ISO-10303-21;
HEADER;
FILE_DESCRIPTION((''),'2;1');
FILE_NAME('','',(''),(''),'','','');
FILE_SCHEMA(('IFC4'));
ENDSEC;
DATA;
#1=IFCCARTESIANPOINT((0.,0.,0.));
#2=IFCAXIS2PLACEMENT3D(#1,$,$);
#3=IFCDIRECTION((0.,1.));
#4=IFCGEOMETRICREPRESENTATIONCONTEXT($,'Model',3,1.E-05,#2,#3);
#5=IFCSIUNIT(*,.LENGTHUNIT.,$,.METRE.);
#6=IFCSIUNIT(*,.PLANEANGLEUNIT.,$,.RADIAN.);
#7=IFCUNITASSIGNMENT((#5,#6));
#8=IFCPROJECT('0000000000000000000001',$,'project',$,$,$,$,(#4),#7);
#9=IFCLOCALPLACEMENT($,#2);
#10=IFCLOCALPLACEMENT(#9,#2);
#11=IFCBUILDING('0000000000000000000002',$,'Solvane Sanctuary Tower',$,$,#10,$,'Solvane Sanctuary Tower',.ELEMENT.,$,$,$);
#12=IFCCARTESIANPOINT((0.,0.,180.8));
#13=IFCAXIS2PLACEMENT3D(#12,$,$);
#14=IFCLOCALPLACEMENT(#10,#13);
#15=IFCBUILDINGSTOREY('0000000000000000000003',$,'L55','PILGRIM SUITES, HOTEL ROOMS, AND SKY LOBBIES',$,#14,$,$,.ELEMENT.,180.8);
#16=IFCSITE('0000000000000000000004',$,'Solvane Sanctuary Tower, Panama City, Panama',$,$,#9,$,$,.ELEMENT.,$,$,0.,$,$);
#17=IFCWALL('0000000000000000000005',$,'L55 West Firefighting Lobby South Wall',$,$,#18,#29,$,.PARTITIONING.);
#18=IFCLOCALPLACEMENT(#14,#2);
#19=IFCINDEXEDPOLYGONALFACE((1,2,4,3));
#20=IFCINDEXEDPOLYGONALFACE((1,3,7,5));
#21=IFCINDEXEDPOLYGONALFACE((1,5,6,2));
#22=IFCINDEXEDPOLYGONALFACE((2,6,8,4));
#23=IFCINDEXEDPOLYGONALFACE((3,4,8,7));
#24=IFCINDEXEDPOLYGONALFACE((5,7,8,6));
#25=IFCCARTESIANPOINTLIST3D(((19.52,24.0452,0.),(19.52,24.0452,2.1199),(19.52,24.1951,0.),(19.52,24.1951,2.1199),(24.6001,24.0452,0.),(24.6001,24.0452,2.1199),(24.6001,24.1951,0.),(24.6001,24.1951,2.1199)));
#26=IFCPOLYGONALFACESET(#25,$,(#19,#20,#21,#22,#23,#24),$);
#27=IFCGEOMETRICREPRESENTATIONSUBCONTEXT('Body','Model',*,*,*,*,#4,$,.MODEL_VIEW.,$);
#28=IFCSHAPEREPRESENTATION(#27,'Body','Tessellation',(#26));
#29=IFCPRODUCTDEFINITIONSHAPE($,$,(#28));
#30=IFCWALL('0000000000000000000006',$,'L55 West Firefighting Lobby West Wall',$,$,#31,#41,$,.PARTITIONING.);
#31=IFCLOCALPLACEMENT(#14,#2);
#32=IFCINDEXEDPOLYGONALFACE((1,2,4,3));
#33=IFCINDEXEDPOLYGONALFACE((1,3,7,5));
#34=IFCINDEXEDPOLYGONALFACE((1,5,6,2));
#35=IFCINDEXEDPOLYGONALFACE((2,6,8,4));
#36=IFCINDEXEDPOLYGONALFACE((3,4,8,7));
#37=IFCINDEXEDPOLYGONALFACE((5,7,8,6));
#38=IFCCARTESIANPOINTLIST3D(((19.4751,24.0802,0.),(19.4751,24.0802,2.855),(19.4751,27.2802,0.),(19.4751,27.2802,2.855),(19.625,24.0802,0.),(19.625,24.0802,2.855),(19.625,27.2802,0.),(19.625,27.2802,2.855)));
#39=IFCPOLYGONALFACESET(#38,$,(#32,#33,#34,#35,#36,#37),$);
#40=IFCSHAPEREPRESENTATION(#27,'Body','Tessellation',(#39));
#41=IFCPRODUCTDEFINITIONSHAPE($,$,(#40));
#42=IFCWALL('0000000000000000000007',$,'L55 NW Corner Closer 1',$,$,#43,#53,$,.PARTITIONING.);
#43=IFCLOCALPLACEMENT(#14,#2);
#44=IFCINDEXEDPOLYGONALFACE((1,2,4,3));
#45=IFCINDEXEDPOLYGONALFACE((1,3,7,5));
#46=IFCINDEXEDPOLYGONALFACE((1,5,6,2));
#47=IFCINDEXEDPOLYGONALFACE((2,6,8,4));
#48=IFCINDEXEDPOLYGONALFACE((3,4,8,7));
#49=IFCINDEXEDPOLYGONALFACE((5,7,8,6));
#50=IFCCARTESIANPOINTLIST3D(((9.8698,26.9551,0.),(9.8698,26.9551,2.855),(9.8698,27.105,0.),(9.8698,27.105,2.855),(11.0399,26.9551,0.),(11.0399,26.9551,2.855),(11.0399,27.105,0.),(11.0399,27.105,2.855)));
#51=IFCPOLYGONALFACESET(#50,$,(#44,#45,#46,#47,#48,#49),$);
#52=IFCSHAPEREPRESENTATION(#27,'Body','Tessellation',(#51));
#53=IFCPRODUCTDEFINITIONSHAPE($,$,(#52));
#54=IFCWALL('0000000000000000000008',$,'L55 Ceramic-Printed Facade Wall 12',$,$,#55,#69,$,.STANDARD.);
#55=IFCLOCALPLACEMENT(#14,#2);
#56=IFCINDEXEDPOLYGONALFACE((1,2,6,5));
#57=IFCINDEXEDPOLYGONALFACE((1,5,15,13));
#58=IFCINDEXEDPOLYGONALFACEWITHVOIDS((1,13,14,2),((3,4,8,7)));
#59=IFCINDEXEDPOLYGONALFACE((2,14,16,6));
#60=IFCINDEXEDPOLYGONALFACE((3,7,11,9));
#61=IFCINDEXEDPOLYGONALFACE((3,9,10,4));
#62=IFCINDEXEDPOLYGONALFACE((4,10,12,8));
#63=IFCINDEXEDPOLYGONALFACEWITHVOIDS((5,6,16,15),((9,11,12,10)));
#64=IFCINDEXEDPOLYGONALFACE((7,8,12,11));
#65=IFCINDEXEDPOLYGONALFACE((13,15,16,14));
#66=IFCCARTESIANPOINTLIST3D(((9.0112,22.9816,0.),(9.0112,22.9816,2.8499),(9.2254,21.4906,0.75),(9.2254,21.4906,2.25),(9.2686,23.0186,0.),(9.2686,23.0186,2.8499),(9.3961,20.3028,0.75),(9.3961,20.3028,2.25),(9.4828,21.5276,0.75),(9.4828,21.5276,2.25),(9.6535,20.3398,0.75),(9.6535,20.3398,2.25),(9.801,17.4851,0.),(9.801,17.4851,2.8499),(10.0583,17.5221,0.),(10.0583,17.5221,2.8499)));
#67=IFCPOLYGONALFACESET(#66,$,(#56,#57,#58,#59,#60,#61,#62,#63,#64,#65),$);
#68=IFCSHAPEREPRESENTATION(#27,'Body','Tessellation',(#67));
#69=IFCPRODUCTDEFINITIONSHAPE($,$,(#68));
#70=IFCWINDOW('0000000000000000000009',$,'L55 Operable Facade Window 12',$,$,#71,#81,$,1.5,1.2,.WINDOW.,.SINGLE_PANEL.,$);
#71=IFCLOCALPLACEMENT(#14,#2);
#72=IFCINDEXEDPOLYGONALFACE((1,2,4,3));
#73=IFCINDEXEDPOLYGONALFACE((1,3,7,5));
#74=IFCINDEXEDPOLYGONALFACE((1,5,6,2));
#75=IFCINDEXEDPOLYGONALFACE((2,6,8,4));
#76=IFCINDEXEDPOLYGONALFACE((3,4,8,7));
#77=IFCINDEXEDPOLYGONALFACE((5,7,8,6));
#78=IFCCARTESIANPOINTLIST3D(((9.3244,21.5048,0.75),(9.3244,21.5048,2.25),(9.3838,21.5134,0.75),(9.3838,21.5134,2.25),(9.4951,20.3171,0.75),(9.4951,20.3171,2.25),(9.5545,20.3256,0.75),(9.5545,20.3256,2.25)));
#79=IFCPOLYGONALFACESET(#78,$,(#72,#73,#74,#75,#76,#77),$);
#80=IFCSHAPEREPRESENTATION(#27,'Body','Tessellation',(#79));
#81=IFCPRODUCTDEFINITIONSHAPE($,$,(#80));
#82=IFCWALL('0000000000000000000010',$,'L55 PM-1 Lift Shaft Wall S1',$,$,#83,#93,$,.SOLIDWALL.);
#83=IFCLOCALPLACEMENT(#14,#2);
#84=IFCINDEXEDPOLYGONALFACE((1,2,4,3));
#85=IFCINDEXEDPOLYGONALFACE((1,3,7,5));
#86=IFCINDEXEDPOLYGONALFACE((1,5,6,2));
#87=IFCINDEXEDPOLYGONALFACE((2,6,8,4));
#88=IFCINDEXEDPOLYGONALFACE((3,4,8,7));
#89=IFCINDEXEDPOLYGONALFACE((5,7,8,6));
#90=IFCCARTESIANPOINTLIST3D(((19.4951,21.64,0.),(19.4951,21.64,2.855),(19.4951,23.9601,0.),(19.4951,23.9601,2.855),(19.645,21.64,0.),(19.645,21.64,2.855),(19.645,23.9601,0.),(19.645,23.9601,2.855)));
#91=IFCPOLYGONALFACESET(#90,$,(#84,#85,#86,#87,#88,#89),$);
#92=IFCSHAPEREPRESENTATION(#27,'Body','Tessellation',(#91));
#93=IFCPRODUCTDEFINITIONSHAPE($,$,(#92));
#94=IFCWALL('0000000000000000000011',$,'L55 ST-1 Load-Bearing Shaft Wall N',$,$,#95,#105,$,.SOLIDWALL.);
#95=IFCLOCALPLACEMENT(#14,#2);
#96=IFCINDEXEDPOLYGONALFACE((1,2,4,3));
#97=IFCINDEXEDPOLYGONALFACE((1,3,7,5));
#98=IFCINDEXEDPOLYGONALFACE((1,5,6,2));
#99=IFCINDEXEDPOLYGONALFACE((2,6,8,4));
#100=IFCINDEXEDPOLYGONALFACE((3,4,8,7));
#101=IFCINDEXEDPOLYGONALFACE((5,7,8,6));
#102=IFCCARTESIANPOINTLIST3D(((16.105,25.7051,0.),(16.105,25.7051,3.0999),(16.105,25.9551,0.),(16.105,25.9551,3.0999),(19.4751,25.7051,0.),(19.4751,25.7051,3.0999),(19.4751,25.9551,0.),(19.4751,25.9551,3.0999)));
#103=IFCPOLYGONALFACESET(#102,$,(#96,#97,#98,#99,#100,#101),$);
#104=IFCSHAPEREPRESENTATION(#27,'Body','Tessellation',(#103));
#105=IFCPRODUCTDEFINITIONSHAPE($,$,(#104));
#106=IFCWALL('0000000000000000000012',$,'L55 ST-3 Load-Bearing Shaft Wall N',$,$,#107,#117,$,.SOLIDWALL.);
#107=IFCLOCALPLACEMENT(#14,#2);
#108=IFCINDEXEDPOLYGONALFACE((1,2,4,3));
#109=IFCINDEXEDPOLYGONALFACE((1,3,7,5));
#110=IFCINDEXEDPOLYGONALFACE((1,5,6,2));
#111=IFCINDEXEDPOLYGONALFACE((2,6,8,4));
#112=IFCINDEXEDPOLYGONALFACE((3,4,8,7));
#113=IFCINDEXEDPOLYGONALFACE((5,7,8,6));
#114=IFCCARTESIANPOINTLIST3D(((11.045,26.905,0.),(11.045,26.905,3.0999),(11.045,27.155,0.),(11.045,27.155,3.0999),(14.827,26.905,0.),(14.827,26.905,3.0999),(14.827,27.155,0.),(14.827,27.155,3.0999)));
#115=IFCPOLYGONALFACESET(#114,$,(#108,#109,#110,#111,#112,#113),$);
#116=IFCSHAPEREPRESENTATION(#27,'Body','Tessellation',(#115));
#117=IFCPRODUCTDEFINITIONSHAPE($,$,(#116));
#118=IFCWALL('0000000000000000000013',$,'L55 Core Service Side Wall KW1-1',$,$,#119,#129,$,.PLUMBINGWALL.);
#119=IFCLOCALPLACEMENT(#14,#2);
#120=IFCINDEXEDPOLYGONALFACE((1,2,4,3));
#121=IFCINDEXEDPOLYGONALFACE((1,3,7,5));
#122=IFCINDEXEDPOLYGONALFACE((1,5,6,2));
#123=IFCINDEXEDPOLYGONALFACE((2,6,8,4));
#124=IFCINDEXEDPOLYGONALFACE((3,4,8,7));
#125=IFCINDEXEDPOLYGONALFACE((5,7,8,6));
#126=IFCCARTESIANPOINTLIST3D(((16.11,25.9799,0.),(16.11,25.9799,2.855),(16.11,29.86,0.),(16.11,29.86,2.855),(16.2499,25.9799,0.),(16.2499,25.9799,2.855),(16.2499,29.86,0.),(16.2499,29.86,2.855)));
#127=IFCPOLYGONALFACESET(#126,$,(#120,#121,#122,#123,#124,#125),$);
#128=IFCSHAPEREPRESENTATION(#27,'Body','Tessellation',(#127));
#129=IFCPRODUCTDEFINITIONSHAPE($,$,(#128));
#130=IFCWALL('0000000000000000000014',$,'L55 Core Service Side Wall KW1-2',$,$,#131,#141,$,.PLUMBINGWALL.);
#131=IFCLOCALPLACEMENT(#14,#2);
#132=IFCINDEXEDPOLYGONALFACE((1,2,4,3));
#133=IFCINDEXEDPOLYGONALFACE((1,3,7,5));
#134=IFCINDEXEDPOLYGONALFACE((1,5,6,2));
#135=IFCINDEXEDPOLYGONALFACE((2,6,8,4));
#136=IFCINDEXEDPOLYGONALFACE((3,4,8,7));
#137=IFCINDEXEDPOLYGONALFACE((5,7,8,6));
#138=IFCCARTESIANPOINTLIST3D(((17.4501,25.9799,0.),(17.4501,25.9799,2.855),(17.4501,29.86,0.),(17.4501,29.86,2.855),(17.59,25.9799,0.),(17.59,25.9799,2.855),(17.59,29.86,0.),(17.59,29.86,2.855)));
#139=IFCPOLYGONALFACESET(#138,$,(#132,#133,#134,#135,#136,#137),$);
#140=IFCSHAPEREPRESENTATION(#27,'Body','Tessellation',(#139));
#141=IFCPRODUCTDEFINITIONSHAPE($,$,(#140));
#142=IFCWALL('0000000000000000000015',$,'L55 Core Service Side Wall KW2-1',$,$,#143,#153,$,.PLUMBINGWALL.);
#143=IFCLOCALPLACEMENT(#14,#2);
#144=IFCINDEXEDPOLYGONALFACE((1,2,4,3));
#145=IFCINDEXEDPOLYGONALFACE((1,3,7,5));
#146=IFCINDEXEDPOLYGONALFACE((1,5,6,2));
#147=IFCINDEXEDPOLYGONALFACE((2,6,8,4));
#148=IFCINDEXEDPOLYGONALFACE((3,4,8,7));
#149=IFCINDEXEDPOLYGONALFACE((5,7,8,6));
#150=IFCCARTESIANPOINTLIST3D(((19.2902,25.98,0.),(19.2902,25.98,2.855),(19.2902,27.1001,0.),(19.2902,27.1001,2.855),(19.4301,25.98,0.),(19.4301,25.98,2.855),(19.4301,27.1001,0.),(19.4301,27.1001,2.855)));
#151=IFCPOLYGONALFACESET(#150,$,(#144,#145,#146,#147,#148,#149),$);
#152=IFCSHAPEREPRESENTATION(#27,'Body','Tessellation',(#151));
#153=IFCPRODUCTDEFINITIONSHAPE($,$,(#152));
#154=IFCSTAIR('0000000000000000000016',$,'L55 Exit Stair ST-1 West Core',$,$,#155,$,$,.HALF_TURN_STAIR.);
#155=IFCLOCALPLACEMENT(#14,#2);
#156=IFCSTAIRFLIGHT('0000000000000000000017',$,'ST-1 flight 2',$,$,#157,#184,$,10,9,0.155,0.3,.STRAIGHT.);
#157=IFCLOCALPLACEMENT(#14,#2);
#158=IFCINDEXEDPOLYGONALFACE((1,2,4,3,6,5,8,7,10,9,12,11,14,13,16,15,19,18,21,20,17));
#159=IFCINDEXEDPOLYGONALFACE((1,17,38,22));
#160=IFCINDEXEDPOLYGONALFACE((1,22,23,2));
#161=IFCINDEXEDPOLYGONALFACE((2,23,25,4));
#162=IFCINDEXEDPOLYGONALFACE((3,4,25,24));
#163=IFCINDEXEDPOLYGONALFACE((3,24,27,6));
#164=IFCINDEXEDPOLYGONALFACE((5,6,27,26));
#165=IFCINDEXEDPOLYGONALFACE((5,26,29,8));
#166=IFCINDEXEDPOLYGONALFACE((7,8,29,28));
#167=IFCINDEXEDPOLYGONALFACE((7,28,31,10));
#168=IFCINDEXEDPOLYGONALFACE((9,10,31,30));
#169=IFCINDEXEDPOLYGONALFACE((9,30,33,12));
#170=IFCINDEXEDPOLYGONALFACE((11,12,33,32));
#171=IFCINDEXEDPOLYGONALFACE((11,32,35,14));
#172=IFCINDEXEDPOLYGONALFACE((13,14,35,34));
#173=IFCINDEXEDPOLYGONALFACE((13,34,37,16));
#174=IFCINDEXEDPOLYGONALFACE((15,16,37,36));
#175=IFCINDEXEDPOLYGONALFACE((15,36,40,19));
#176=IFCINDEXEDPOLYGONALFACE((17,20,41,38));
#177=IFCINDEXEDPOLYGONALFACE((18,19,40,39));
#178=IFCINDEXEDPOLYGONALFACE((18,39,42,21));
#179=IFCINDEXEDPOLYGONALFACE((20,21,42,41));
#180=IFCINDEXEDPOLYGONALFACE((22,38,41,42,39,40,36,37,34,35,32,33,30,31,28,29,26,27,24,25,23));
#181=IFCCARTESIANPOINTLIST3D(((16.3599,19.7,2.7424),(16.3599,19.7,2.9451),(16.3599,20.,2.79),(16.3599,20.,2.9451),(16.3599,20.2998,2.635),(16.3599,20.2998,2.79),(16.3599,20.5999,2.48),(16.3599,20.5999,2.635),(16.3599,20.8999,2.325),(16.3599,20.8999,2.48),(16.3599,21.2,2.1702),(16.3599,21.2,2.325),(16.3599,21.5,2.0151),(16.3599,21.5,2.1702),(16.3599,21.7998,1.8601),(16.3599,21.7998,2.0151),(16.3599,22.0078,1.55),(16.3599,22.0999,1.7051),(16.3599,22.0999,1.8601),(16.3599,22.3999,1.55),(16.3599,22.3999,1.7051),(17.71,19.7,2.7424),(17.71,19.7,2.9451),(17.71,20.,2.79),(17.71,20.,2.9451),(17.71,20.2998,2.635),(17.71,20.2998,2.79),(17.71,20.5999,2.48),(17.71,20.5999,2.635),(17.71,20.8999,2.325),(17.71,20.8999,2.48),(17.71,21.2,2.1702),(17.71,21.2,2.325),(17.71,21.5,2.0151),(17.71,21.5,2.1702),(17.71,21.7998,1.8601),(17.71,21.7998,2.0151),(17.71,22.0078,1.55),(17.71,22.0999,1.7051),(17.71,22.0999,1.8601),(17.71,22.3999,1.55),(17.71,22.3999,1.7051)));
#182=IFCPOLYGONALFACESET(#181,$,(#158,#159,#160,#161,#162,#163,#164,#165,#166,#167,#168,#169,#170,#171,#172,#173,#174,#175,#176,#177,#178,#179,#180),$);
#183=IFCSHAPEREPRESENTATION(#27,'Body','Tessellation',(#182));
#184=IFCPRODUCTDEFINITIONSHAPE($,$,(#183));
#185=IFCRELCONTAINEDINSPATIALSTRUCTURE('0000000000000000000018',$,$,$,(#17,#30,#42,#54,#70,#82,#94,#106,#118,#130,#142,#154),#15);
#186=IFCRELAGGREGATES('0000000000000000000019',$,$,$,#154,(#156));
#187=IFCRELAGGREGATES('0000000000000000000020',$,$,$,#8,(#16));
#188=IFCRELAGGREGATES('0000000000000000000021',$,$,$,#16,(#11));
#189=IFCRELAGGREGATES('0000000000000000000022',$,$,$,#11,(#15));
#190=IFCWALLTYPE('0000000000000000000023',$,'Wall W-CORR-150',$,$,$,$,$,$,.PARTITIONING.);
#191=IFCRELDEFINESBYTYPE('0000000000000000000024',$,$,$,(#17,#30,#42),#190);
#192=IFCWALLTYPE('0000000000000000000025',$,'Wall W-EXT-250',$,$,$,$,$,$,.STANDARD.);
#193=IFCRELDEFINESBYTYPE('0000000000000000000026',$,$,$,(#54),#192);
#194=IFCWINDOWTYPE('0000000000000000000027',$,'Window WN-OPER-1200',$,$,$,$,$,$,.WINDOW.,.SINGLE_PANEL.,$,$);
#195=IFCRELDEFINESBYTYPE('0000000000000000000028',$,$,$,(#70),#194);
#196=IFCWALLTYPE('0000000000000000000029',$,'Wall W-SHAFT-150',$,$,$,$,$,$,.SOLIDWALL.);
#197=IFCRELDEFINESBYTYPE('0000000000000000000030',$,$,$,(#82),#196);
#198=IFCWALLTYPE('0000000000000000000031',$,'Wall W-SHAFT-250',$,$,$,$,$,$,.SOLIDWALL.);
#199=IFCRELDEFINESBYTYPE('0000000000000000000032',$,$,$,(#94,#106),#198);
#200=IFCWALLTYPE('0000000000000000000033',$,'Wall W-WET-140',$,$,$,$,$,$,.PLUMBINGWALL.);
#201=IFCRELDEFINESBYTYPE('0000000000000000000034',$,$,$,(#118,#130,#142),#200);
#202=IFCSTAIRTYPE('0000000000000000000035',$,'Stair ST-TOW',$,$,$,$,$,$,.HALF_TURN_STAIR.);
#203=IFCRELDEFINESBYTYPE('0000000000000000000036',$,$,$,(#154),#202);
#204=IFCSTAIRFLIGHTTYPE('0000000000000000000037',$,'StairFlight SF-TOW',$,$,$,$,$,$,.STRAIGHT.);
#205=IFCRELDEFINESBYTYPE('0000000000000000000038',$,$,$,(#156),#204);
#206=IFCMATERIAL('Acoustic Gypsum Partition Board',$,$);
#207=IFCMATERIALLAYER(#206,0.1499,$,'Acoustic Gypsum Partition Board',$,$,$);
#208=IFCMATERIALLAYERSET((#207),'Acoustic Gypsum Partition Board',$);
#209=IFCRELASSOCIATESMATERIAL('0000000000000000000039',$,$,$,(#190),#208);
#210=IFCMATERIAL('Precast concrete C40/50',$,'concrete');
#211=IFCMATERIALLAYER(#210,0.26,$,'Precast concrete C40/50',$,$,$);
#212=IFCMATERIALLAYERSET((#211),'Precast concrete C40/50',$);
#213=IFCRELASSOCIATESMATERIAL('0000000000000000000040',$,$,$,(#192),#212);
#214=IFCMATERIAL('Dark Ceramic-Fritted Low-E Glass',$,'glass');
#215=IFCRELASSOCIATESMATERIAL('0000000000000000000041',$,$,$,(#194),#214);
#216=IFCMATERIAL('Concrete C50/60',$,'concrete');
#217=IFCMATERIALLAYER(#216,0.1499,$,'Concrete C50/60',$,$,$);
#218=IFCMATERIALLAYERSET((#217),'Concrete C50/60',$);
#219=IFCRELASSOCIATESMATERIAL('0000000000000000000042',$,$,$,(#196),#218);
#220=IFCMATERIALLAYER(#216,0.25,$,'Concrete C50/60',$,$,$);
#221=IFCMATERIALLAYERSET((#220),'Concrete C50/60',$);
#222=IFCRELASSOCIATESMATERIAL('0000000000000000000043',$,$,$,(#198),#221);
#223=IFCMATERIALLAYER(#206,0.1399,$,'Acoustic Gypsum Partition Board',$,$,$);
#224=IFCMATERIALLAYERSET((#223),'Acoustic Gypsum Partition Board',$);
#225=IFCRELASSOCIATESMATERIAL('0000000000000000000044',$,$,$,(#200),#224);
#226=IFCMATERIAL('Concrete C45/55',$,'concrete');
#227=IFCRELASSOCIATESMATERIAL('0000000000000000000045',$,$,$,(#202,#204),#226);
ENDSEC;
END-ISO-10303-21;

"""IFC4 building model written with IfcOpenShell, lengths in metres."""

from ifc_helpers import new_model, si_unit, direction, frame, frame_2d, origin, place, context, subcontext, project, spatial, polyline, rectangle, outline, extrude, material, layer, layer_set, type_object, element, fill, aggregate, save


model = new_model("IFC4")

# Units and contexts
model_context = context("Model", 3, precision=1e-05, world=origin(), true_north=direction((0.0, 1.0)))
body_context = subcontext(model_context, "Body", "Model", "MODEL_VIEW")
ifc_project = project(units=[si_unit("LENGTHUNIT", "METRE"), si_unit("PLANEANGLEUNIT", "RADIAN")], contexts=[model_context])

# Site, building, storey
site_placement = place(None, origin())
site = spatial("IfcSite", under=ifc_project, at=site_placement, Name="Solvane Sanctuary Tower, Panama City, Panama", CompositionType="ELEMENT", RefElevation=0.0)
building_placement = place(site_placement, origin())
building = spatial("IfcBuilding", under=site, at=building_placement, Name="Solvane Sanctuary Tower", LongName="Solvane Sanctuary Tower", CompositionType="ELEMENT")
storey_placement = place(building_placement, frame((0.0, 0.0, 180.8)))
storey = spatial("IfcBuildingStorey", under=building, at=storey_placement, Name="L55", Description="PILGRIM SUITES, HOTEL ROOMS, AND SKY LOBBIES", CompositionType="ELEMENT", Elevation=180.8)

# Walls
ifc_material_1 = material(Name="Acoustic Gypsum Partition Board")
ifc_layer_1 = layer(ifc_material_1, 0.1499, Name="Acoustic Gypsum Partition Board")
ifc_layer_set_1 = layer_set([ifc_layer_1], Name="Acoustic Gypsum Partition Board")
wall_type_1 = type_object("IfcWallType", Name="Wall W-CORR-150", PredefinedType="PARTITIONING", material=ifc_layer_set_1)
wall_1_placement = place(storey_placement, frame((19.52, 24.1201, 0.0), z_axis=(0.0, 0.0, 1.0), x_axis=(1.0, 0.0, 0.0)))
element("IfcWall", 1, at=wall_1_placement, inside=storey, type_object=wall_type_1, Name="L55 West Firefighting Lobby South Wall", PredefinedType="PARTITIONING", context=body_context, shape_type="SweptSolid", body=[
    extrude(rectangle(XDim=5.0801, YDim=0.1499, at=frame_2d((2.54, 0.0))), origin(), (0.0, 0.0, 1.0), 2.1199),
])
wall_2_placement = place(storey_placement, frame((19.55, 24.0801, 0.0), z_axis=(0.0, 0.0, 1.0), x_axis=(0.0, 1.0, 0.0)))
element("IfcWall", 2, at=wall_2_placement, inside=storey, type_object=wall_type_1, Name="L55 West Firefighting Lobby West Wall", PredefinedType="PARTITIONING", context=body_context, shape_type="SweptSolid", body=[
    extrude(rectangle(XDim=3.2, YDim=0.1499, at=frame_2d((1.6001, 0.0))), origin(), (0.0, 0.0, 1.0), 2.855),
])
wall_3_placement = place(storey_placement, frame((9.8699, 27.03, 0.0), z_axis=(0.0, 0.0, 1.0), x_axis=(1.0, 0.0, 0.0)))
element("IfcWall", 3, at=wall_3_placement, inside=storey, type_object=wall_type_1, Name="L55 NW Corner Closer 1", PredefinedType="PARTITIONING", context=body_context, shape_type="SweptSolid", body=[
    extrude(rectangle(XDim=1.1702, YDim=0.1499, at=frame_2d((0.585, 0.0))), origin(), (0.0, 0.0, 1.0), 2.855),
])

# Wall, opening, window
ifc_material_2 = material(Name="Precast concrete C40/50", Category="concrete")
ifc_layer_2 = layer(ifc_material_2, 0.26, Name="Precast concrete C40/50")
ifc_layer_set_2 = layer_set([ifc_layer_2], Name="Precast concrete C40/50")
wall_type_2 = type_object("IfcWallType", Name="Wall W-EXT-250", PredefinedType="STANDARD", material=ifc_layer_set_2)
wall_4_placement = place(storey_placement, frame((9.1399, 23.0, 0.0), z_axis=(0.0, 0.0, 1.0), x_axis=(0.142228, -0.989834, 0.0)))
wall_4 = element("IfcWall", 4, at=wall_4_placement, inside=storey, type_object=wall_type_2, Name="L55 Ceramic-Printed Facade Wall 12", PredefinedType="STANDARD", context=body_context, shape_type="SweptSolid", body=[
    extrude(rectangle(XDim=5.553, YDim=0.26, at=frame_2d((2.7764, 0.0))), origin(), (0.0, 0.0, 1.0), 2.8499),
])
opening_placement = place(wall_4_placement, frame((1.5061, 0.0, 0.75)))
opening = element("IfcOpeningElement", 5, at=opening_placement, cuts=wall_4, PredefinedType="OPENING", context=body_context, shape_type="SweptSolid", body=[
    extrude(rectangle(XDim=1.2, YDim=1.5, at=frame_2d((0.6001, 0.75))), frame((0.0, 0.1399, 0.0), z_axis=(0.0, -1.0, 0.0), x_axis=(1.0, 0.0, 0.0)), (0.0, 0.0, 1.0), 0.28),
])
ifc_material_3 = material(Name="Dark Ceramic-Fritted Low-E Glass", Category="glass")
window_type = type_object("IfcWindowType", Name="Window WN-OPER-1200", PartitioningType="SINGLE_PANEL", PredefinedType="WINDOW", material=ifc_material_3)
window_placement = place(opening_placement, origin())
window = element("IfcWindow", 6, at=window_placement, inside=storey, type_object=window_type, Name="L55 Operable Facade Window 12", OverallHeight=1.5, OverallWidth=1.2, PartitioningType="SINGLE_PANEL", PredefinedType="WINDOW", context=body_context, shape_type="SweptSolid", body=[
    extrude(rectangle(XDim=1.2, YDim=1.5, at=frame_2d((0.6001, 0.75))), frame((0.0, 0.03, 0.0), z_axis=(0.0, -1.0, 0.0), x_axis=(1.0, 0.0, 0.0)), (0.0, 0.0, 1.0), 0.0601),
])
fill(opening, window)

# Walls
ifc_material_4 = material(Name="Concrete C50/60", Category="concrete")
ifc_layer_3 = layer(ifc_material_4, 0.1499, Name="Concrete C50/60")
ifc_layer_set_3 = layer_set([ifc_layer_3], Name="Concrete C50/60")
wall_type_3 = type_object("IfcWallType", Name="Wall W-SHAFT-150", PredefinedType="SOLIDWALL", material=ifc_layer_set_3)
wall_5_placement = place(storey_placement, frame((19.5701, 21.6399, 0.0), z_axis=(0.0, 0.0, 1.0), x_axis=(0.0, 1.0, 0.0)))
element("IfcWall", 7, at=wall_5_placement, inside=storey, type_object=wall_type_3, Name="L55 PM-1 Lift Shaft Wall S1", PredefinedType="SOLIDWALL", context=body_context, shape_type="SweptSolid", body=[
    extrude(rectangle(XDim=2.3201, YDim=0.1499, at=frame_2d((1.1602, 0.0))), origin(), (0.0, 0.0, 1.0), 2.855),
])
ifc_layer_4 = layer(ifc_material_4, 0.25, Name="Concrete C50/60")
ifc_layer_set_4 = layer_set([ifc_layer_4], Name="Concrete C50/60")
wall_type_4 = type_object("IfcWallType", Name="Wall W-SHAFT-250", PredefinedType="SOLIDWALL", material=ifc_layer_set_4)
wall_6_placement = place(storey_placement, frame((16.105, 25.8301, 0.0), z_axis=(0.0, 0.0, 1.0), x_axis=(1.0, 0.0, 0.0)))
element("IfcWall", 8, at=wall_6_placement, inside=storey, type_object=wall_type_4, Name="L55 ST-1 Load-Bearing Shaft Wall N", PredefinedType="SOLIDWALL", context=body_context, shape_type="SweptSolid", body=[
    extrude(rectangle(XDim=3.3701, YDim=0.25, at=frame_2d((1.6851, 0.0))), origin(), (0.0, 0.0, 1.0), 3.0999),
])
wall_7_placement = place(storey_placement, frame((11.0449, 27.03, 0.0), z_axis=(0.0, 0.0, 1.0), x_axis=(1.0, 0.0, 0.0)))
element("IfcWall", 9, at=wall_7_placement, inside=storey, type_object=wall_type_4, Name="L55 ST-3 Load-Bearing Shaft Wall N", PredefinedType="SOLIDWALL", context=body_context, shape_type="SweptSolid", body=[
    extrude(rectangle(XDim=3.782, YDim=0.25, at=frame_2d((1.8911, 0.0))), origin(), (0.0, 0.0, 1.0), 3.0999),
])
ifc_layer_5 = layer(ifc_material_1, 0.1399, Name="Acoustic Gypsum Partition Board")
ifc_layer_set_5 = layer_set([ifc_layer_5], Name="Acoustic Gypsum Partition Board")
wall_type_5 = type_object("IfcWallType", Name="Wall W-WET-140", PredefinedType="PLUMBINGWALL", material=ifc_layer_set_5)
for number, where, z_axis, x_axis, name in (
    (10, (16.1799, 25.98, 0.0), (0.0, 0.0, 1.0), (0.0, 1.0, 0.0), "L55 Core Service Side Wall KW1-1"),
    (11, (17.52, 25.98, 0.0), (0.0, 0.0, 1.0), (0.0, 1.0, 0.0), "L55 Core Service Side Wall KW1-2"),
):
    element("IfcWall", number, at=place(storey_placement, frame(where, z_axis=z_axis, x_axis=x_axis)), inside=storey, type_object=wall_type_5, Name=name, PredefinedType="PLUMBINGWALL", context=body_context, shape_type="SweptSolid", body=[
        extrude(rectangle(XDim=3.8801, YDim=0.1399, at=frame_2d((1.9399, 0.0))), origin(), (0.0, 0.0, 1.0), 2.855),
    ])
wall_8_placement = place(storey_placement, frame((19.3601, 25.98, 0.0), z_axis=(0.0, 0.0, 1.0), x_axis=(0.0, 1.0, 0.0)))
element("IfcWall", 12, at=wall_8_placement, inside=storey, type_object=wall_type_5, Name="L55 Core Service Side Wall KW2-1", PredefinedType="PLUMBINGWALL", context=body_context, shape_type="SweptSolid", body=[
    extrude(rectangle(XDim=1.1201, YDim=0.1399, at=frame_2d((0.5601, 0.0))), origin(), (0.0, 0.0, 1.0), 2.855),
])

# Stair, stair flight
ifc_material_5 = material(Name="Concrete C45/55", Category="concrete")
stair_type = type_object("IfcStairType", Name="Stair ST-TOW", PredefinedType="HALF_TURN_STAIR", material=ifc_material_5)
stair_1_placement = place(storey_placement, origin())
stair_1 = element("IfcStair", 13, at=stair_1_placement, inside=storey, type_object=stair_type, Name="L55 Exit Stair ST-1 West Core", PredefinedType="HALF_TURN_STAIR")
stair_flight_type = type_object("IfcStairFlightType", Name="StairFlight SF-TOW", PredefinedType="STRAIGHT", material=ifc_material_5)
stair_flight_1_placement = place(storey_placement, frame((17.0349, 22.3999, 1.55), z_axis=(0.0, 0.0, 1.0), x_axis=(0.0, -1.0, 0.0)))
stair_flight_1 = element("IfcStairFlight", 14, at=stair_flight_1_placement, type_object=stair_flight_type, Name="ST-1 flight 2", NumberOfRisers=10, NumberOfTreads=9, PredefinedType="STRAIGHT", RiserHeight=0.155, TreadLength=0.3, context=body_context, shape_type="SweptSolid", body=[
    extrude(outline(polyline([(0.0, 0.0), (0.0, 0.155), (0.3, 0.155), (0.3, 0.3101), (0.6001, 0.3101), (0.6001, 0.4651), (0.8999, 0.4651), (0.8999, 0.6201), (1.2, 0.6201), (1.2, 0.7749), (1.5, 0.7749), (1.5, 0.9299), (1.8, 0.9299), (1.8, 1.085), (2.1001, 1.085), (2.1001, 1.24), (2.3999, 1.24), (2.3999, 1.395), (2.7, 1.395), (2.7, 1.55), (2.7, 1.1924), (0.3921, 0.0), (0.0, 0.0)])), frame((0.0, 0.675, 0.0), z_axis=(0.0, -1.0, 0.0), x_axis=(1.0, 0.0, 0.0)), (0.0, 0.0, 1.0), 1.3501),
])
aggregate(stair_1, [stair_flight_1])

save(model, "model.ifc")
